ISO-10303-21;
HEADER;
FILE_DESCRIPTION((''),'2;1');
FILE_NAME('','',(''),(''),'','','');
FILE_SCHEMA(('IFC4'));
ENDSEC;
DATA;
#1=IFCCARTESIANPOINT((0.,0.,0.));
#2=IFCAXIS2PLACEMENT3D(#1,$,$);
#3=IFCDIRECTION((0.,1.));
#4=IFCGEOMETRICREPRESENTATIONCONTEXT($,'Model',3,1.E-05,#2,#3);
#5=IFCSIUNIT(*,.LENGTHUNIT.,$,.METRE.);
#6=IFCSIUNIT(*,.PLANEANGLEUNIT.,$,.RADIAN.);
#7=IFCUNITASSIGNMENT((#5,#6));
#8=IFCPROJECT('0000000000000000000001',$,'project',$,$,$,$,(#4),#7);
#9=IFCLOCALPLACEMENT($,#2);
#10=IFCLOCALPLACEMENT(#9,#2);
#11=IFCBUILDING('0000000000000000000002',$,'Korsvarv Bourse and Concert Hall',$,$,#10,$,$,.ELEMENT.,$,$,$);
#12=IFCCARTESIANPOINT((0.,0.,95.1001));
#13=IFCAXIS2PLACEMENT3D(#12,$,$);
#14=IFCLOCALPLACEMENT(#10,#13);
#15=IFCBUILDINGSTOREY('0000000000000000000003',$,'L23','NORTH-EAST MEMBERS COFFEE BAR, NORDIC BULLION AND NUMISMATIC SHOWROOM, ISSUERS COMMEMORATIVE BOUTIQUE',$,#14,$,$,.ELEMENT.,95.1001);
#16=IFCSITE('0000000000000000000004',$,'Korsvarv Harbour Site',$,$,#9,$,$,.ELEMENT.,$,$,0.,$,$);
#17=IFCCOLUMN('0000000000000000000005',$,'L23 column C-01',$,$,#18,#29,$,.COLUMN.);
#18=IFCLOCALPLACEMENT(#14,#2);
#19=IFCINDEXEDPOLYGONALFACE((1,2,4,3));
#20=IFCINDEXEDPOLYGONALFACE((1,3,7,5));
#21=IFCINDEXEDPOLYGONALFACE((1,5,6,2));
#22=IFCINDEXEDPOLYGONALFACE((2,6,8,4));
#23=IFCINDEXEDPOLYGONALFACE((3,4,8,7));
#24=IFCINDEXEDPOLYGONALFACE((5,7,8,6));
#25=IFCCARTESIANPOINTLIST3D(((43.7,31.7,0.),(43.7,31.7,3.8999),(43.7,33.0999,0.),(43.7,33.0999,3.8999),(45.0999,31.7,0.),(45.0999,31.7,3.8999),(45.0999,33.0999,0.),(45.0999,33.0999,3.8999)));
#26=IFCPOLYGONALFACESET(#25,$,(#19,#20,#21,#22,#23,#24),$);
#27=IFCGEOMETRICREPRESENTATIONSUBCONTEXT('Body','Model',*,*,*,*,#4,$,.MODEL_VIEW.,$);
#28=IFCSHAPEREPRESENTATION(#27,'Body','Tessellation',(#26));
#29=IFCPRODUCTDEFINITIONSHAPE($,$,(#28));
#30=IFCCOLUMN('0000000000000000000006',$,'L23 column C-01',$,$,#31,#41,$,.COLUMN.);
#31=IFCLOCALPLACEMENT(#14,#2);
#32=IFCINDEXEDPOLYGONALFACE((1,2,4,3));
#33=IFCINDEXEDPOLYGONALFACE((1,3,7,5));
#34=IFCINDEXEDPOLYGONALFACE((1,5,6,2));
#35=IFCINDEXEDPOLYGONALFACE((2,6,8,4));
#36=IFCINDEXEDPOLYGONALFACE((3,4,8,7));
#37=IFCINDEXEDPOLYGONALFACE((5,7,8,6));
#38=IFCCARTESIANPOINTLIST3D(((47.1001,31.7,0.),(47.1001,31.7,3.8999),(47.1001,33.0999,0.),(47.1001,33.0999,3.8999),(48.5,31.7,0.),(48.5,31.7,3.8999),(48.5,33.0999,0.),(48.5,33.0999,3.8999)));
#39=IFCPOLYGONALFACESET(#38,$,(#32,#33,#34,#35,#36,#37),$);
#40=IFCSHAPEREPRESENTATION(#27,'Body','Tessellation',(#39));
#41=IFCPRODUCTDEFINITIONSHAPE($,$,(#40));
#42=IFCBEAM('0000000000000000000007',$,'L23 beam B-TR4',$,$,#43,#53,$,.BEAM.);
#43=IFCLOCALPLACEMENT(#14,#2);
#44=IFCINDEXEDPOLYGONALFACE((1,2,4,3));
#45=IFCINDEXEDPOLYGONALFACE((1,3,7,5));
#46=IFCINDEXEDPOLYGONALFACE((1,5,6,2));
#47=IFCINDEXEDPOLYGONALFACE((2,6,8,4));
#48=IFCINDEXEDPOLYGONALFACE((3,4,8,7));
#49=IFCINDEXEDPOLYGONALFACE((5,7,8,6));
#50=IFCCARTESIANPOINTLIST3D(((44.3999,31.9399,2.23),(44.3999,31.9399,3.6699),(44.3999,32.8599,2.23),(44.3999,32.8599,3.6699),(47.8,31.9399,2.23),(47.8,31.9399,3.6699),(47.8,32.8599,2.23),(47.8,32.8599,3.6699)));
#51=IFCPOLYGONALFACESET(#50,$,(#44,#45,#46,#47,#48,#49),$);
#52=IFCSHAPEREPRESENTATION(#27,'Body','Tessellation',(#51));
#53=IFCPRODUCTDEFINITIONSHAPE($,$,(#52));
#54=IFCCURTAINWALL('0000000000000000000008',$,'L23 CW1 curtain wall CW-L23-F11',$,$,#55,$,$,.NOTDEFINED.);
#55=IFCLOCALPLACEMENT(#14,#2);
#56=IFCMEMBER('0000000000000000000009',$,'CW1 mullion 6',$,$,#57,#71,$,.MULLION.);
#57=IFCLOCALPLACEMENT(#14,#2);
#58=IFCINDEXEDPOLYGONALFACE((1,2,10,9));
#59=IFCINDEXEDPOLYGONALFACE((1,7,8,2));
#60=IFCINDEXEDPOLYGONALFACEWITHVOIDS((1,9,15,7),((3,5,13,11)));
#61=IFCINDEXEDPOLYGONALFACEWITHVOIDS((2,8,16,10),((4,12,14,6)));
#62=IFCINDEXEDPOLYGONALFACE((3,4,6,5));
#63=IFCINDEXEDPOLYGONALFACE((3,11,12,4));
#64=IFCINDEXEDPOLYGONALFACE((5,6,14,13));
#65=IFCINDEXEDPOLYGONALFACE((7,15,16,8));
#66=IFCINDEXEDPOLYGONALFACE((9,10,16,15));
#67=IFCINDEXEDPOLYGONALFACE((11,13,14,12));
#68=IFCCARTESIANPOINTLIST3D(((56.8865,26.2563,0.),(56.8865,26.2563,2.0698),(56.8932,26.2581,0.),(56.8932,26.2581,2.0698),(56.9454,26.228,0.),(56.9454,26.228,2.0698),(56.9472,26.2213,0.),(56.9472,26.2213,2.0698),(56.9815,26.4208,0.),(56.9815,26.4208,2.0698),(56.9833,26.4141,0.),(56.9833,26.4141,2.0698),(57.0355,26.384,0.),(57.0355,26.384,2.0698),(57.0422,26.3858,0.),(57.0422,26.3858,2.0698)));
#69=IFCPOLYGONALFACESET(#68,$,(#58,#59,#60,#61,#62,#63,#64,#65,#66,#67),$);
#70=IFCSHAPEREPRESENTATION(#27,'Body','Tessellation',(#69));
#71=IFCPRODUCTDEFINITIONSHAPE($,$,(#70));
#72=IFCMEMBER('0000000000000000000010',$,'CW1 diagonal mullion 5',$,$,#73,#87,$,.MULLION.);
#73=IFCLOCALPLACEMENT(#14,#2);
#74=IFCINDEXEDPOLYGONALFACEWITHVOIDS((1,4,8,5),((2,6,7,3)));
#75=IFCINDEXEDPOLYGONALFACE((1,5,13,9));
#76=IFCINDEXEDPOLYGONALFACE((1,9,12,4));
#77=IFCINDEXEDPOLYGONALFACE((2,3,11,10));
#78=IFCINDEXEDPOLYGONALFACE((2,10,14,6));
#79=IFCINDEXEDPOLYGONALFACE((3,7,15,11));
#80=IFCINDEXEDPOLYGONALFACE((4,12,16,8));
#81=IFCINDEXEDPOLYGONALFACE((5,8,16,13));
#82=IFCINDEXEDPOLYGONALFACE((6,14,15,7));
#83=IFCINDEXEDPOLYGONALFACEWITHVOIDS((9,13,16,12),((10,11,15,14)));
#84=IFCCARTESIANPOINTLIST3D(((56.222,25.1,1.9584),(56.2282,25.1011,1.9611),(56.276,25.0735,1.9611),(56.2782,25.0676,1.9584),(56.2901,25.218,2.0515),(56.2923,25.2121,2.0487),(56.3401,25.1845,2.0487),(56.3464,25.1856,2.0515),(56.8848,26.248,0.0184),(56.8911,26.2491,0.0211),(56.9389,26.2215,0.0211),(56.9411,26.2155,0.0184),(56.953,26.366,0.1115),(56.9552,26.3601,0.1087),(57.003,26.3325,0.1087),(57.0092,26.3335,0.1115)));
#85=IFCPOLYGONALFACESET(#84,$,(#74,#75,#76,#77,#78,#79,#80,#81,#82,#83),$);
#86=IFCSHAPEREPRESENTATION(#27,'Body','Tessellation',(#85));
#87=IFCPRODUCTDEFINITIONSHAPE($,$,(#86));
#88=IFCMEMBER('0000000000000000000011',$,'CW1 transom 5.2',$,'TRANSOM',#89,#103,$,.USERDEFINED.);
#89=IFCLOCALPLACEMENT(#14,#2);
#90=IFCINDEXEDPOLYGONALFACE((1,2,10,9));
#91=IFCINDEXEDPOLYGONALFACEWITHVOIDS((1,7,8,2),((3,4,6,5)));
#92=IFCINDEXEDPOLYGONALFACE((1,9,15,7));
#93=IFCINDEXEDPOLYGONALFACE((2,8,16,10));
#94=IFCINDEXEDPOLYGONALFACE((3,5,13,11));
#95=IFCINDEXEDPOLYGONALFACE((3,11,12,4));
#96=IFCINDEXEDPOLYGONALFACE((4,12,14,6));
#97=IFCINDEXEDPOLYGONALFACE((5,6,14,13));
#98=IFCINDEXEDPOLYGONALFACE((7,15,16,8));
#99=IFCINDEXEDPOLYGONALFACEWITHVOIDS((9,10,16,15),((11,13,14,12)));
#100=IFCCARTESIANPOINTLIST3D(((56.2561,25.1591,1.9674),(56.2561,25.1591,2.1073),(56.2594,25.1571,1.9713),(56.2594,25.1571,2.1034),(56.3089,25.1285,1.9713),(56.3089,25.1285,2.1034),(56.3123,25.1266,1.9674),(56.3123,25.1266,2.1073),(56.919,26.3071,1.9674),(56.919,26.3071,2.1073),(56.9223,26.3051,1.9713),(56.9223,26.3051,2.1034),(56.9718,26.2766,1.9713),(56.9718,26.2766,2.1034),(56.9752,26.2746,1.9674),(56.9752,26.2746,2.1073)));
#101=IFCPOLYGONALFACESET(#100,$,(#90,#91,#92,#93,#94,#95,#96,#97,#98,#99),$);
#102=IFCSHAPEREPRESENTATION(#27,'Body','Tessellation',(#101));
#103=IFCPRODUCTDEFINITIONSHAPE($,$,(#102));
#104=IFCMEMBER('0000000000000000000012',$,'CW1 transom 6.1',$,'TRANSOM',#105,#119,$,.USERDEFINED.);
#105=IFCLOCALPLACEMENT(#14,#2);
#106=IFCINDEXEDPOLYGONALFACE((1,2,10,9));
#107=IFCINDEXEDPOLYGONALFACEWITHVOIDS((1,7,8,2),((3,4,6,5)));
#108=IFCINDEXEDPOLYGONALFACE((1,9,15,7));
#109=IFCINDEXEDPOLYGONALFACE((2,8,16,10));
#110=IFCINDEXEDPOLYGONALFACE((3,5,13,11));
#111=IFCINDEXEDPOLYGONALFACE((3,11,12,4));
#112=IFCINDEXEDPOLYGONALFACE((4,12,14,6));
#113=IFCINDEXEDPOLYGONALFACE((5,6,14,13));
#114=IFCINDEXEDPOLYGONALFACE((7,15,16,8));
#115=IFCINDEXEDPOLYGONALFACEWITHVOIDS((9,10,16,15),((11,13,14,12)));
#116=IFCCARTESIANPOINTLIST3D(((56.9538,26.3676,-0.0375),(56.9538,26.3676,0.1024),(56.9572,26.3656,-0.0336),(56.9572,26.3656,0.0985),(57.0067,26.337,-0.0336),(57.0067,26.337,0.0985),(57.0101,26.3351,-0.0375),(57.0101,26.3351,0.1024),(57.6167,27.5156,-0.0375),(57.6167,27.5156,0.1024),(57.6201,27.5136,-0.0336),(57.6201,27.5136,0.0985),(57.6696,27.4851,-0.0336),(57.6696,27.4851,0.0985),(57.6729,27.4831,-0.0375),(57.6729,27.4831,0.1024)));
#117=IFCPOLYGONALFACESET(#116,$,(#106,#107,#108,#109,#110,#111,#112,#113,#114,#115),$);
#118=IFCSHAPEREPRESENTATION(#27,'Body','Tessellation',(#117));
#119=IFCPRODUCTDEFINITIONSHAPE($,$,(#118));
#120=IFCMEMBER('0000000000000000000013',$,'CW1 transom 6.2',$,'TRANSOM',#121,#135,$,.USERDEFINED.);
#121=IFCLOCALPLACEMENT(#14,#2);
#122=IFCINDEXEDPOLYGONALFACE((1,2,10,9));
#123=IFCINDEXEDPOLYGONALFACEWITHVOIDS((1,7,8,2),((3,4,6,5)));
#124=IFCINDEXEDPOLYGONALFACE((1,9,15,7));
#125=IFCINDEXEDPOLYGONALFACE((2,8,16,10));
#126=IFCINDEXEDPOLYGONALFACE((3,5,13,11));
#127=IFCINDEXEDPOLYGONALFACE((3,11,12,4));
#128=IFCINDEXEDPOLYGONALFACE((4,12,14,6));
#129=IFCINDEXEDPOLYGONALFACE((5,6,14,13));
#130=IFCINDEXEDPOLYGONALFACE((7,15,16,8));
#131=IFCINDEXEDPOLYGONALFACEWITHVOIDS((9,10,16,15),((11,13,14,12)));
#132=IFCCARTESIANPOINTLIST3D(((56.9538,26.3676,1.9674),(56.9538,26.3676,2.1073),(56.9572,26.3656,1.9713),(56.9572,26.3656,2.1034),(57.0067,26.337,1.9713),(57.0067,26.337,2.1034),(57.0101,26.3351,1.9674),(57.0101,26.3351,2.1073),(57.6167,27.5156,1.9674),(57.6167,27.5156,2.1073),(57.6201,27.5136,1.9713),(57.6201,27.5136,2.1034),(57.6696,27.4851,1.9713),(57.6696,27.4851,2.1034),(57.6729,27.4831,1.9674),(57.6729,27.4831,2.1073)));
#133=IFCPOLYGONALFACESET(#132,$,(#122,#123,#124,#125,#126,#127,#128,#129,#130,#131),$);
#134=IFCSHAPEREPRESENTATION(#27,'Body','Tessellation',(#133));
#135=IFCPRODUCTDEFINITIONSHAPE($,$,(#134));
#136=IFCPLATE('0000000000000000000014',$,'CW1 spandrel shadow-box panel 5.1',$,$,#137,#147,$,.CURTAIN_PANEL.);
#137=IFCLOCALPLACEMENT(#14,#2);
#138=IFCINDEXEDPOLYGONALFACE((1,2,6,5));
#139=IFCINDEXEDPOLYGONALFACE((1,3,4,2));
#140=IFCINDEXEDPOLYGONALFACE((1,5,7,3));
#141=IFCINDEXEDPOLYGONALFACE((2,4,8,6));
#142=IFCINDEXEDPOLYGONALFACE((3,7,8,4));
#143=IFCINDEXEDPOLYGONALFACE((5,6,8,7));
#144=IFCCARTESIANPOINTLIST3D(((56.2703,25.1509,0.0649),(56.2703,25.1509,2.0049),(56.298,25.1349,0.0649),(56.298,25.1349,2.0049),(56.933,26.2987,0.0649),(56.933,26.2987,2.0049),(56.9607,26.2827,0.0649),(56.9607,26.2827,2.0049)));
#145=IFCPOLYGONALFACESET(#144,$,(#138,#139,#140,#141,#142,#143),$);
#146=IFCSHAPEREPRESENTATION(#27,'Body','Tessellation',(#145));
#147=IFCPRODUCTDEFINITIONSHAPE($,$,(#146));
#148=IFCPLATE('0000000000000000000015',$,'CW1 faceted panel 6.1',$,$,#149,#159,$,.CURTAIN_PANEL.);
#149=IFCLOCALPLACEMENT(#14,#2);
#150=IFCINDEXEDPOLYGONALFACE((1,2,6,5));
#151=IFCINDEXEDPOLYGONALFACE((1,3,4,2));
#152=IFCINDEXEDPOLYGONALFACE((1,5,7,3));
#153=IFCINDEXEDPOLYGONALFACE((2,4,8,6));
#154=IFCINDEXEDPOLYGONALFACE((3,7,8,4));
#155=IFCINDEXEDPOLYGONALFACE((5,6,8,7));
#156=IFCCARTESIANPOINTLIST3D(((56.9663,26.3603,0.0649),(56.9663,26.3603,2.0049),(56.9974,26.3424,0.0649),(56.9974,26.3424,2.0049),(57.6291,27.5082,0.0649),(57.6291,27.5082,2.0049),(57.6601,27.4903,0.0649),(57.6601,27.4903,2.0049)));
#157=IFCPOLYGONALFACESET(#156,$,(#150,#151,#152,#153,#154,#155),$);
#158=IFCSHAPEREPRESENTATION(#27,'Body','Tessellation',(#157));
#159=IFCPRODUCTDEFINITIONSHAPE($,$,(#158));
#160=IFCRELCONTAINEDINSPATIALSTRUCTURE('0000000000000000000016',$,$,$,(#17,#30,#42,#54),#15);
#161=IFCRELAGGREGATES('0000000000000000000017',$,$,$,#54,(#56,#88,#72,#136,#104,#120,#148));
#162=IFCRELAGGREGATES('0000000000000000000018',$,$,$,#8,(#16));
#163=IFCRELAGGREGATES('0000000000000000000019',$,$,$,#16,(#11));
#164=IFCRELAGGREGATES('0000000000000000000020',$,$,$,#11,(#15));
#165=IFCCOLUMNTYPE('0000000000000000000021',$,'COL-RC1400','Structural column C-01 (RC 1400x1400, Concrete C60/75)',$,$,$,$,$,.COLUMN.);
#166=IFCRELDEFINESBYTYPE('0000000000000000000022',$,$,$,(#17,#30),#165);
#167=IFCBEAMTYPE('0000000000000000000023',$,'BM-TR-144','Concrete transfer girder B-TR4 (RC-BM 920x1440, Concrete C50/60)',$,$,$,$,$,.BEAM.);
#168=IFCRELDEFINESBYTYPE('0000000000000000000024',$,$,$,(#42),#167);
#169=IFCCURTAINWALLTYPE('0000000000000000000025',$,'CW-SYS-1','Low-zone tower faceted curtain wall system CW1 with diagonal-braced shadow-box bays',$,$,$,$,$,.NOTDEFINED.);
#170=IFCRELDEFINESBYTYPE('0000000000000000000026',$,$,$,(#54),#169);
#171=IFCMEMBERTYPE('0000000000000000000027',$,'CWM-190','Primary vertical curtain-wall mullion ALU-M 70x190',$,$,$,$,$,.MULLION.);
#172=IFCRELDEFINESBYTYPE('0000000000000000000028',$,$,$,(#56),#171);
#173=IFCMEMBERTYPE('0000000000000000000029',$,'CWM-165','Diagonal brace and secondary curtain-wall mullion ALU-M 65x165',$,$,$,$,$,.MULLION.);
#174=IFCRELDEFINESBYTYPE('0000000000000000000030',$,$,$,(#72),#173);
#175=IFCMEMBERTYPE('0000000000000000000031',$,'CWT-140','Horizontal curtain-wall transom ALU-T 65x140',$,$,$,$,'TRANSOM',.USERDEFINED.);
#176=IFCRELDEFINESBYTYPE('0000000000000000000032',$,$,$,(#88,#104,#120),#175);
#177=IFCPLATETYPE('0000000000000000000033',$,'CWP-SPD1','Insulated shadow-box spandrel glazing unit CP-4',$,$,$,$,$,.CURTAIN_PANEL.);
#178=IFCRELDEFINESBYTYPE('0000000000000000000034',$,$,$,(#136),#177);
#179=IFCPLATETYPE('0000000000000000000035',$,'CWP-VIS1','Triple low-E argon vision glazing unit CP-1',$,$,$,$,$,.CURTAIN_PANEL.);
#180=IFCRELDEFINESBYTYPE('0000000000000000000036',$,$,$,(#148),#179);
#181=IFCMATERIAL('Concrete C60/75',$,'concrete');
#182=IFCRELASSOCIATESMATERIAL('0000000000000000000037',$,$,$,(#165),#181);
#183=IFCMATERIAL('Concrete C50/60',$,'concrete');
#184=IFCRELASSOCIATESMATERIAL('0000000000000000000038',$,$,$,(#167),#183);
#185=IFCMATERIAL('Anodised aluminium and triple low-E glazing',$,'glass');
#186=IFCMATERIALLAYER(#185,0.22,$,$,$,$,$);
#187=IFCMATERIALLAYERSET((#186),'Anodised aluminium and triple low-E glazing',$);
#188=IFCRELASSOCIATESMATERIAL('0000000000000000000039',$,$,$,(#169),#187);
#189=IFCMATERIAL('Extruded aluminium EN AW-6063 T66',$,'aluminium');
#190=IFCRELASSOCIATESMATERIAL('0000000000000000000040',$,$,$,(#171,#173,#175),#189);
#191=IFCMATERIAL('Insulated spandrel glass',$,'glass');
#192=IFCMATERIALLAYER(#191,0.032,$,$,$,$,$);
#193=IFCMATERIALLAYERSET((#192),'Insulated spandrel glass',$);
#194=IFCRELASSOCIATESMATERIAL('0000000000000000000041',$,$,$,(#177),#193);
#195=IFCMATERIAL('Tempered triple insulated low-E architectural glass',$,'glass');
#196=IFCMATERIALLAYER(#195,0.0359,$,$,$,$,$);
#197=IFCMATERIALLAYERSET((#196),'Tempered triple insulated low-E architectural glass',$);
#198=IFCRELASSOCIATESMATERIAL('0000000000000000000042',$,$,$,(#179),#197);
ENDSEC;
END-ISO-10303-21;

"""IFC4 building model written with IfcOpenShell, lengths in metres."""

from ifc_helpers import new_model, si_unit, direction, frame, origin, origin_2d, place, context, subcontext, project, spatial, rectangle, hollow_rectangle, extrude, source, transform, mapped, material, layer, layer_set, material_profile, profile_set, type_object, element, aggregate, save


model = new_model("IFC4")

# Units and contexts
model_context = context("Model", 3, precision=1e-05, world=origin(), true_north=direction((0.0, 1.0)))
body_context = subcontext(model_context, "Body", "Model", "MODEL_VIEW")
ifc_project = project(units=[si_unit("LENGTHUNIT", "METRE"), si_unit("PLANEANGLEUNIT", "RADIAN")], contexts=[model_context])

# Site, building, storey
site_placement = place(None, origin())
site = spatial("IfcSite", under=ifc_project, at=site_placement, Name="Korsvarv Harbour Site", CompositionType="ELEMENT", RefElevation=0.0)
building_placement = place(site_placement, origin())
building = spatial("IfcBuilding", under=site, at=building_placement, Name="Korsvarv Bourse and Concert Hall", CompositionType="ELEMENT")
storey_placement = place(building_placement, frame((0.0, 0.0, 95.1001)))
storey = spatial("IfcBuildingStorey", under=building, at=storey_placement, Name="L23", Description="NORTH-EAST MEMBERS COFFEE BAR, NORDIC BULLION AND NUMISMATIC SHOWROOM, ISSUERS COMMEMORATIVE BOUTIQUE", CompositionType="ELEMENT", Elevation=95.1001)

# Columns
ifc_material_1 = material(Name="Concrete C60/75", Category="concrete")
ifc_material_profile_1 = material_profile(ifc_material_1, rectangle(XDim=1.3999, YDim=1.3999, at=origin_2d()), Name="RC 1400x1400")
ifc_profile_set_1 = profile_set([ifc_material_profile_1], Name="Concrete C60/75")
column_type = type_object("IfcColumnType", Name="COL-RC1400", Description="Structural column C-01 (RC 1400x1400, Concrete C60/75)", PredefinedType="COLUMN", material=ifc_profile_set_1)
shared_shape_1 = source(origin(), body_context, "Body", "SweptSolid", [
    extrude(rectangle(XDim=1.3999, YDim=1.3999, at=origin_2d()), origin(), (0.0, 0.0, 1.0), 3.8999),
])
for number, where, z_axis, x_axis, name in (
    (1, (44.3999, 32.3999, 0.0), (0.0, 0.0, 1.0), (1.0, 0.0, 0.0), "L23 column C-01"),
    (2, (47.8, 32.3999, 0.0), (0.0, 0.0, 1.0), (1.0, 0.0, 0.0), "L23 column C-01"),
):
    element("IfcColumn", number, at=place(storey_placement, frame(where, z_axis=z_axis, x_axis=x_axis)), inside=storey, type_object=column_type, Name=name, PredefinedType="COLUMN", context=body_context, shape_type="MappedRepresentation", body=[
        mapped(shared_shape_1, transform((0.0, 0.0, 0.0), scale=1.0)),
    ])

# Beam
ifc_material_2 = material(Name="Concrete C50/60", Category="concrete")
ifc_material_profile_2 = material_profile(ifc_material_2, rectangle(XDim=0.9199, YDim=1.4399, at=origin_2d()), Name="RC-BM 920x1440")
ifc_profile_set_2 = profile_set([ifc_material_profile_2], Name="Concrete C50/60")
beam_type = type_object("IfcBeamType", Name="BM-TR-144", Description="Concrete transfer girder B-TR4 (RC-BM 920x1440, Concrete C50/60)", PredefinedType="BEAM", material=ifc_profile_set_2)
shared_shape_2 = source(origin(), body_context, "Body", "SweptSolid", [
    extrude(rectangle(XDim=0.9199, YDim=1.4399, at=origin_2d()), origin(), (0.0, 0.0, 1.0), 3.4001),
])
beam_placement = place(storey_placement, frame((44.3999, 32.3999, 2.95), z_axis=(1.0, 0.0, 0.0), x_axis=(0.0, 1.0, 0.0)))
element("IfcBeam", 3, at=beam_placement, inside=storey, type_object=beam_type, Name="L23 beam B-TR4", PredefinedType="BEAM", context=body_context, shape_type="MappedRepresentation", body=[
    mapped(shared_shape_2, transform((0.0, 0.0, 0.0), scale=1.0)),
])

# Curtain wall, members, plates
ifc_material_3 = material(Name="Anodised aluminium and triple low-E glazing", Category="glass")
ifc_layer_1 = layer(ifc_material_3, 0.22)
ifc_layer_set_1 = layer_set([ifc_layer_1], Name="Anodised aluminium and triple low-E glazing")
curtain_wall_type = type_object("IfcCurtainWallType", Name="CW-SYS-1", Description="Low-zone tower faceted curtain wall system CW1 with diagonal-braced shadow-box bays", PredefinedType="NOTDEFINED", material=ifc_layer_set_1)
curtain_wall_placement = place(storey_placement, origin())
curtain_wall = element("IfcCurtainWall", 4, at=curtain_wall_placement, inside=storey, type_object=curtain_wall_type, Name="L23 CW1 curtain wall CW-L23-F11", PredefinedType="NOTDEFINED")
ifc_material_4 = material(Name="Extruded aluminium EN AW-6063 T66", Category="aluminium")
ifc_material_profile_3 = material_profile(ifc_material_4, hollow_rectangle(XDim=0.0701, YDim=0.1899, WallThickness=0.0049, at=origin_2d()), Name="ALU-M 70x190")
ifc_profile_set_3 = profile_set([ifc_material_profile_3], Name="Extruded aluminium EN AW-6063 T66")
member_type_1 = type_object("IfcMemberType", Name="CWM-190", Description="Primary vertical curtain-wall mullion ALU-M 70x190", PredefinedType="MULLION", material=ifc_profile_set_3)
shared_shape_3 = source(origin(), body_context, "Body", "SweptSolid", [
    extrude(hollow_rectangle(XDim=0.0701, YDim=0.1899, WallThickness=0.0049, at=origin_2d()), origin(), (0.0, 0.0, 1.0), 2.0698),
])
member_1_placement = place(storey_placement, frame((56.9644, 26.321, 0.0), z_axis=(0.0, 0.0, 1.0), x_axis=(-0.866026, 0.499999, 0.0)))
member_1 = element("IfcMember", 5, at=member_1_placement, type_object=member_type_1, Name="CW1 mullion 6", PredefinedType="MULLION", context=body_context, shape_type="MappedRepresentation", body=[
    mapped(shared_shape_3, transform((0.0, 0.0, 0.0), scale=1.0)),
])
ifc_material_profile_4 = material_profile(ifc_material_4, hollow_rectangle(XDim=0.0649, YDim=0.165, WallThickness=0.0049, at=origin_2d()), Name="ALU-M 65x165")
ifc_profile_set_4 = profile_set([ifc_material_profile_4], Name="Extruded aluminium EN AW-6063 T66")
member_type_2 = type_object("IfcMemberType", Name="CWM-165", Description="Diagonal brace and secondary curtain-wall mullion ALU-M 65x165", PredefinedType="MULLION", material=ifc_profile_set_4)
shared_shape_4 = source(origin(), body_context, "Body", "SweptSolid", [
    extrude(hollow_rectangle(XDim=0.0649, YDim=0.165, WallThickness=0.0049, at=origin_2d()), origin(), (0.0, 0.0, 1.0), 2.3496),
])
member_2_placement = place(storey_placement, frame((56.947, 26.2908, 0.0649), z_axis=(-0.282111, -0.488577, 0.825655), x_axis=(0.866002, -0.500041, 0.0)))
member_2 = element("IfcMember", 6, at=member_2_placement, type_object=member_type_2, Name="CW1 diagonal mullion 5", PredefinedType="MULLION", context=body_context, shape_type="MappedRepresentation", body=[
    mapped(shared_shape_4, transform((0.0, 0.0, 0.0), scale=1.0)),
])
ifc_material_profile_5 = material_profile(ifc_material_4, hollow_rectangle(XDim=0.0649, YDim=0.1399, WallThickness=0.0039, at=origin_2d()), Name="ALU-T 65x140")
ifc_profile_set_5 = profile_set([ifc_material_profile_5], Name="Extruded aluminium EN AW-6063 T66")
member_type_3 = type_object("IfcMemberType", Name="CWT-140", Description="Horizontal curtain-wall transom ALU-T 65x140", ElementType="TRANSOM", PredefinedType="USERDEFINED", material=ifc_profile_set_5)
shared_shape_5 = source(origin(), body_context, "Body", "SweptSolid", [
    extrude(hollow_rectangle(XDim=0.0649, YDim=0.1399, WallThickness=0.0039, at=origin_2d()), origin(), (0.0, 0.0, 1.0), 1.3257),
])
member_3_placement = place(storey_placement, frame((56.2842, 25.1428, 2.0374), z_axis=(0.500041, 0.866002, 0.0), x_axis=(-0.866002, 0.500041, 0.0)))
member_3 = element("IfcMember", 7, at=member_3_placement, type_object=member_type_3, Name="CW1 transom 5.2", ObjectType="TRANSOM", PredefinedType="USERDEFINED", context=body_context, shape_type="MappedRepresentation", body=[
    mapped(shared_shape_5, transform((0.0, 0.0, 0.0), scale=1.0)),
])
member_4_placement = place(storey_placement, frame((56.9819, 26.3513, 0.0325), z_axis=(0.500041, 0.866002, 0.0), x_axis=(-0.866002, 0.500041, 0.0)))
member_4 = element("IfcMember", 8, at=member_4_placement, type_object=member_type_3, Name="CW1 transom 6.1", ObjectType="TRANSOM", PredefinedType="USERDEFINED", context=body_context, shape_type="MappedRepresentation", body=[
    mapped(shared_shape_5, transform((0.0, 0.0, 0.0), scale=1.0)),
])
member_5_placement = place(storey_placement, frame((56.9819, 26.3513, 2.0374), z_axis=(0.500041, 0.866002, 0.0), x_axis=(-0.866002, 0.500041, 0.0)))
member_5 = element("IfcMember", 9, at=member_5_placement, type_object=member_type_3, Name="CW1 transom 6.2", ObjectType="TRANSOM", PredefinedType="USERDEFINED", context=body_context, shape_type="MappedRepresentation", body=[
    mapped(shared_shape_5, transform((0.0, 0.0, 0.0), scale=1.0)),
])
ifc_material_5 = material(Name="Insulated spandrel glass", Category="glass")
ifc_layer_2 = layer(ifc_material_5, 0.032)
ifc_layer_set_2 = layer_set([ifc_layer_2], Name="Insulated spandrel glass")
plate_type_1 = type_object("IfcPlateType", Name="CWP-SPD1", Description="Insulated shadow-box spandrel glazing unit CP-4", PredefinedType="CURTAIN_PANEL", material=ifc_layer_set_2)
shared_shape_6 = source(origin(), body_context, "Body", "SweptSolid", [
    extrude(rectangle(XDim=1.3254, YDim=0.032, at=origin_2d()), origin(), (0.0, 0.0, 1.0), 1.9399),
])
plate_1_placement = place(storey_placement, frame((56.6155, 25.7168, 0.0649), z_axis=(0.0, 0.0, 1.0), x_axis=(0.499999, 0.866026, 0.0)))
plate_1 = element("IfcPlate", 10, at=plate_1_placement, type_object=plate_type_1, Name="CW1 spandrel shadow-box panel 5.1", PredefinedType="CURTAIN_PANEL", context=body_context, shape_type="MappedRepresentation", body=[
    mapped(shared_shape_6, transform((0.0, 0.0, 0.0), scale=1.0)),
])
ifc_material_6 = material(Name="Tempered triple insulated low-E architectural glass", Category="glass")
ifc_layer_3 = layer(ifc_material_6, 0.0359)
ifc_layer_set_3 = layer_set([ifc_layer_3], Name="Tempered triple insulated low-E architectural glass")
plate_type_2 = type_object("IfcPlateType", Name="CWP-VIS1", Description="Triple low-E argon vision glazing unit CP-1", PredefinedType="CURTAIN_PANEL", material=ifc_layer_set_3)
shared_shape_7 = source(origin(), body_context, "Body", "SweptSolid", [
    extrude(rectangle(XDim=1.3254, YDim=0.0359, at=origin_2d()), origin(), (0.0, 0.0, 1.0), 1.9399),
])
plate_2_placement = place(storey_placement, frame((57.3132, 26.9253, 0.0649), z_axis=(0.0, 0.0, 1.0), x_axis=(0.499999, 0.866026, 0.0)))
plate_2 = element("IfcPlate", 11, at=plate_2_placement, type_object=plate_type_2, Name="CW1 faceted panel 6.1", PredefinedType="CURTAIN_PANEL", context=body_context, shape_type="MappedRepresentation", body=[
    mapped(shared_shape_7, transform((0.0, 0.0, 0.0), scale=1.0)),
])
aggregate(curtain_wall, [member_1, member_3, member_2, plate_1, member_4, member_5, plate_2])

save(model, "model.ifc")
